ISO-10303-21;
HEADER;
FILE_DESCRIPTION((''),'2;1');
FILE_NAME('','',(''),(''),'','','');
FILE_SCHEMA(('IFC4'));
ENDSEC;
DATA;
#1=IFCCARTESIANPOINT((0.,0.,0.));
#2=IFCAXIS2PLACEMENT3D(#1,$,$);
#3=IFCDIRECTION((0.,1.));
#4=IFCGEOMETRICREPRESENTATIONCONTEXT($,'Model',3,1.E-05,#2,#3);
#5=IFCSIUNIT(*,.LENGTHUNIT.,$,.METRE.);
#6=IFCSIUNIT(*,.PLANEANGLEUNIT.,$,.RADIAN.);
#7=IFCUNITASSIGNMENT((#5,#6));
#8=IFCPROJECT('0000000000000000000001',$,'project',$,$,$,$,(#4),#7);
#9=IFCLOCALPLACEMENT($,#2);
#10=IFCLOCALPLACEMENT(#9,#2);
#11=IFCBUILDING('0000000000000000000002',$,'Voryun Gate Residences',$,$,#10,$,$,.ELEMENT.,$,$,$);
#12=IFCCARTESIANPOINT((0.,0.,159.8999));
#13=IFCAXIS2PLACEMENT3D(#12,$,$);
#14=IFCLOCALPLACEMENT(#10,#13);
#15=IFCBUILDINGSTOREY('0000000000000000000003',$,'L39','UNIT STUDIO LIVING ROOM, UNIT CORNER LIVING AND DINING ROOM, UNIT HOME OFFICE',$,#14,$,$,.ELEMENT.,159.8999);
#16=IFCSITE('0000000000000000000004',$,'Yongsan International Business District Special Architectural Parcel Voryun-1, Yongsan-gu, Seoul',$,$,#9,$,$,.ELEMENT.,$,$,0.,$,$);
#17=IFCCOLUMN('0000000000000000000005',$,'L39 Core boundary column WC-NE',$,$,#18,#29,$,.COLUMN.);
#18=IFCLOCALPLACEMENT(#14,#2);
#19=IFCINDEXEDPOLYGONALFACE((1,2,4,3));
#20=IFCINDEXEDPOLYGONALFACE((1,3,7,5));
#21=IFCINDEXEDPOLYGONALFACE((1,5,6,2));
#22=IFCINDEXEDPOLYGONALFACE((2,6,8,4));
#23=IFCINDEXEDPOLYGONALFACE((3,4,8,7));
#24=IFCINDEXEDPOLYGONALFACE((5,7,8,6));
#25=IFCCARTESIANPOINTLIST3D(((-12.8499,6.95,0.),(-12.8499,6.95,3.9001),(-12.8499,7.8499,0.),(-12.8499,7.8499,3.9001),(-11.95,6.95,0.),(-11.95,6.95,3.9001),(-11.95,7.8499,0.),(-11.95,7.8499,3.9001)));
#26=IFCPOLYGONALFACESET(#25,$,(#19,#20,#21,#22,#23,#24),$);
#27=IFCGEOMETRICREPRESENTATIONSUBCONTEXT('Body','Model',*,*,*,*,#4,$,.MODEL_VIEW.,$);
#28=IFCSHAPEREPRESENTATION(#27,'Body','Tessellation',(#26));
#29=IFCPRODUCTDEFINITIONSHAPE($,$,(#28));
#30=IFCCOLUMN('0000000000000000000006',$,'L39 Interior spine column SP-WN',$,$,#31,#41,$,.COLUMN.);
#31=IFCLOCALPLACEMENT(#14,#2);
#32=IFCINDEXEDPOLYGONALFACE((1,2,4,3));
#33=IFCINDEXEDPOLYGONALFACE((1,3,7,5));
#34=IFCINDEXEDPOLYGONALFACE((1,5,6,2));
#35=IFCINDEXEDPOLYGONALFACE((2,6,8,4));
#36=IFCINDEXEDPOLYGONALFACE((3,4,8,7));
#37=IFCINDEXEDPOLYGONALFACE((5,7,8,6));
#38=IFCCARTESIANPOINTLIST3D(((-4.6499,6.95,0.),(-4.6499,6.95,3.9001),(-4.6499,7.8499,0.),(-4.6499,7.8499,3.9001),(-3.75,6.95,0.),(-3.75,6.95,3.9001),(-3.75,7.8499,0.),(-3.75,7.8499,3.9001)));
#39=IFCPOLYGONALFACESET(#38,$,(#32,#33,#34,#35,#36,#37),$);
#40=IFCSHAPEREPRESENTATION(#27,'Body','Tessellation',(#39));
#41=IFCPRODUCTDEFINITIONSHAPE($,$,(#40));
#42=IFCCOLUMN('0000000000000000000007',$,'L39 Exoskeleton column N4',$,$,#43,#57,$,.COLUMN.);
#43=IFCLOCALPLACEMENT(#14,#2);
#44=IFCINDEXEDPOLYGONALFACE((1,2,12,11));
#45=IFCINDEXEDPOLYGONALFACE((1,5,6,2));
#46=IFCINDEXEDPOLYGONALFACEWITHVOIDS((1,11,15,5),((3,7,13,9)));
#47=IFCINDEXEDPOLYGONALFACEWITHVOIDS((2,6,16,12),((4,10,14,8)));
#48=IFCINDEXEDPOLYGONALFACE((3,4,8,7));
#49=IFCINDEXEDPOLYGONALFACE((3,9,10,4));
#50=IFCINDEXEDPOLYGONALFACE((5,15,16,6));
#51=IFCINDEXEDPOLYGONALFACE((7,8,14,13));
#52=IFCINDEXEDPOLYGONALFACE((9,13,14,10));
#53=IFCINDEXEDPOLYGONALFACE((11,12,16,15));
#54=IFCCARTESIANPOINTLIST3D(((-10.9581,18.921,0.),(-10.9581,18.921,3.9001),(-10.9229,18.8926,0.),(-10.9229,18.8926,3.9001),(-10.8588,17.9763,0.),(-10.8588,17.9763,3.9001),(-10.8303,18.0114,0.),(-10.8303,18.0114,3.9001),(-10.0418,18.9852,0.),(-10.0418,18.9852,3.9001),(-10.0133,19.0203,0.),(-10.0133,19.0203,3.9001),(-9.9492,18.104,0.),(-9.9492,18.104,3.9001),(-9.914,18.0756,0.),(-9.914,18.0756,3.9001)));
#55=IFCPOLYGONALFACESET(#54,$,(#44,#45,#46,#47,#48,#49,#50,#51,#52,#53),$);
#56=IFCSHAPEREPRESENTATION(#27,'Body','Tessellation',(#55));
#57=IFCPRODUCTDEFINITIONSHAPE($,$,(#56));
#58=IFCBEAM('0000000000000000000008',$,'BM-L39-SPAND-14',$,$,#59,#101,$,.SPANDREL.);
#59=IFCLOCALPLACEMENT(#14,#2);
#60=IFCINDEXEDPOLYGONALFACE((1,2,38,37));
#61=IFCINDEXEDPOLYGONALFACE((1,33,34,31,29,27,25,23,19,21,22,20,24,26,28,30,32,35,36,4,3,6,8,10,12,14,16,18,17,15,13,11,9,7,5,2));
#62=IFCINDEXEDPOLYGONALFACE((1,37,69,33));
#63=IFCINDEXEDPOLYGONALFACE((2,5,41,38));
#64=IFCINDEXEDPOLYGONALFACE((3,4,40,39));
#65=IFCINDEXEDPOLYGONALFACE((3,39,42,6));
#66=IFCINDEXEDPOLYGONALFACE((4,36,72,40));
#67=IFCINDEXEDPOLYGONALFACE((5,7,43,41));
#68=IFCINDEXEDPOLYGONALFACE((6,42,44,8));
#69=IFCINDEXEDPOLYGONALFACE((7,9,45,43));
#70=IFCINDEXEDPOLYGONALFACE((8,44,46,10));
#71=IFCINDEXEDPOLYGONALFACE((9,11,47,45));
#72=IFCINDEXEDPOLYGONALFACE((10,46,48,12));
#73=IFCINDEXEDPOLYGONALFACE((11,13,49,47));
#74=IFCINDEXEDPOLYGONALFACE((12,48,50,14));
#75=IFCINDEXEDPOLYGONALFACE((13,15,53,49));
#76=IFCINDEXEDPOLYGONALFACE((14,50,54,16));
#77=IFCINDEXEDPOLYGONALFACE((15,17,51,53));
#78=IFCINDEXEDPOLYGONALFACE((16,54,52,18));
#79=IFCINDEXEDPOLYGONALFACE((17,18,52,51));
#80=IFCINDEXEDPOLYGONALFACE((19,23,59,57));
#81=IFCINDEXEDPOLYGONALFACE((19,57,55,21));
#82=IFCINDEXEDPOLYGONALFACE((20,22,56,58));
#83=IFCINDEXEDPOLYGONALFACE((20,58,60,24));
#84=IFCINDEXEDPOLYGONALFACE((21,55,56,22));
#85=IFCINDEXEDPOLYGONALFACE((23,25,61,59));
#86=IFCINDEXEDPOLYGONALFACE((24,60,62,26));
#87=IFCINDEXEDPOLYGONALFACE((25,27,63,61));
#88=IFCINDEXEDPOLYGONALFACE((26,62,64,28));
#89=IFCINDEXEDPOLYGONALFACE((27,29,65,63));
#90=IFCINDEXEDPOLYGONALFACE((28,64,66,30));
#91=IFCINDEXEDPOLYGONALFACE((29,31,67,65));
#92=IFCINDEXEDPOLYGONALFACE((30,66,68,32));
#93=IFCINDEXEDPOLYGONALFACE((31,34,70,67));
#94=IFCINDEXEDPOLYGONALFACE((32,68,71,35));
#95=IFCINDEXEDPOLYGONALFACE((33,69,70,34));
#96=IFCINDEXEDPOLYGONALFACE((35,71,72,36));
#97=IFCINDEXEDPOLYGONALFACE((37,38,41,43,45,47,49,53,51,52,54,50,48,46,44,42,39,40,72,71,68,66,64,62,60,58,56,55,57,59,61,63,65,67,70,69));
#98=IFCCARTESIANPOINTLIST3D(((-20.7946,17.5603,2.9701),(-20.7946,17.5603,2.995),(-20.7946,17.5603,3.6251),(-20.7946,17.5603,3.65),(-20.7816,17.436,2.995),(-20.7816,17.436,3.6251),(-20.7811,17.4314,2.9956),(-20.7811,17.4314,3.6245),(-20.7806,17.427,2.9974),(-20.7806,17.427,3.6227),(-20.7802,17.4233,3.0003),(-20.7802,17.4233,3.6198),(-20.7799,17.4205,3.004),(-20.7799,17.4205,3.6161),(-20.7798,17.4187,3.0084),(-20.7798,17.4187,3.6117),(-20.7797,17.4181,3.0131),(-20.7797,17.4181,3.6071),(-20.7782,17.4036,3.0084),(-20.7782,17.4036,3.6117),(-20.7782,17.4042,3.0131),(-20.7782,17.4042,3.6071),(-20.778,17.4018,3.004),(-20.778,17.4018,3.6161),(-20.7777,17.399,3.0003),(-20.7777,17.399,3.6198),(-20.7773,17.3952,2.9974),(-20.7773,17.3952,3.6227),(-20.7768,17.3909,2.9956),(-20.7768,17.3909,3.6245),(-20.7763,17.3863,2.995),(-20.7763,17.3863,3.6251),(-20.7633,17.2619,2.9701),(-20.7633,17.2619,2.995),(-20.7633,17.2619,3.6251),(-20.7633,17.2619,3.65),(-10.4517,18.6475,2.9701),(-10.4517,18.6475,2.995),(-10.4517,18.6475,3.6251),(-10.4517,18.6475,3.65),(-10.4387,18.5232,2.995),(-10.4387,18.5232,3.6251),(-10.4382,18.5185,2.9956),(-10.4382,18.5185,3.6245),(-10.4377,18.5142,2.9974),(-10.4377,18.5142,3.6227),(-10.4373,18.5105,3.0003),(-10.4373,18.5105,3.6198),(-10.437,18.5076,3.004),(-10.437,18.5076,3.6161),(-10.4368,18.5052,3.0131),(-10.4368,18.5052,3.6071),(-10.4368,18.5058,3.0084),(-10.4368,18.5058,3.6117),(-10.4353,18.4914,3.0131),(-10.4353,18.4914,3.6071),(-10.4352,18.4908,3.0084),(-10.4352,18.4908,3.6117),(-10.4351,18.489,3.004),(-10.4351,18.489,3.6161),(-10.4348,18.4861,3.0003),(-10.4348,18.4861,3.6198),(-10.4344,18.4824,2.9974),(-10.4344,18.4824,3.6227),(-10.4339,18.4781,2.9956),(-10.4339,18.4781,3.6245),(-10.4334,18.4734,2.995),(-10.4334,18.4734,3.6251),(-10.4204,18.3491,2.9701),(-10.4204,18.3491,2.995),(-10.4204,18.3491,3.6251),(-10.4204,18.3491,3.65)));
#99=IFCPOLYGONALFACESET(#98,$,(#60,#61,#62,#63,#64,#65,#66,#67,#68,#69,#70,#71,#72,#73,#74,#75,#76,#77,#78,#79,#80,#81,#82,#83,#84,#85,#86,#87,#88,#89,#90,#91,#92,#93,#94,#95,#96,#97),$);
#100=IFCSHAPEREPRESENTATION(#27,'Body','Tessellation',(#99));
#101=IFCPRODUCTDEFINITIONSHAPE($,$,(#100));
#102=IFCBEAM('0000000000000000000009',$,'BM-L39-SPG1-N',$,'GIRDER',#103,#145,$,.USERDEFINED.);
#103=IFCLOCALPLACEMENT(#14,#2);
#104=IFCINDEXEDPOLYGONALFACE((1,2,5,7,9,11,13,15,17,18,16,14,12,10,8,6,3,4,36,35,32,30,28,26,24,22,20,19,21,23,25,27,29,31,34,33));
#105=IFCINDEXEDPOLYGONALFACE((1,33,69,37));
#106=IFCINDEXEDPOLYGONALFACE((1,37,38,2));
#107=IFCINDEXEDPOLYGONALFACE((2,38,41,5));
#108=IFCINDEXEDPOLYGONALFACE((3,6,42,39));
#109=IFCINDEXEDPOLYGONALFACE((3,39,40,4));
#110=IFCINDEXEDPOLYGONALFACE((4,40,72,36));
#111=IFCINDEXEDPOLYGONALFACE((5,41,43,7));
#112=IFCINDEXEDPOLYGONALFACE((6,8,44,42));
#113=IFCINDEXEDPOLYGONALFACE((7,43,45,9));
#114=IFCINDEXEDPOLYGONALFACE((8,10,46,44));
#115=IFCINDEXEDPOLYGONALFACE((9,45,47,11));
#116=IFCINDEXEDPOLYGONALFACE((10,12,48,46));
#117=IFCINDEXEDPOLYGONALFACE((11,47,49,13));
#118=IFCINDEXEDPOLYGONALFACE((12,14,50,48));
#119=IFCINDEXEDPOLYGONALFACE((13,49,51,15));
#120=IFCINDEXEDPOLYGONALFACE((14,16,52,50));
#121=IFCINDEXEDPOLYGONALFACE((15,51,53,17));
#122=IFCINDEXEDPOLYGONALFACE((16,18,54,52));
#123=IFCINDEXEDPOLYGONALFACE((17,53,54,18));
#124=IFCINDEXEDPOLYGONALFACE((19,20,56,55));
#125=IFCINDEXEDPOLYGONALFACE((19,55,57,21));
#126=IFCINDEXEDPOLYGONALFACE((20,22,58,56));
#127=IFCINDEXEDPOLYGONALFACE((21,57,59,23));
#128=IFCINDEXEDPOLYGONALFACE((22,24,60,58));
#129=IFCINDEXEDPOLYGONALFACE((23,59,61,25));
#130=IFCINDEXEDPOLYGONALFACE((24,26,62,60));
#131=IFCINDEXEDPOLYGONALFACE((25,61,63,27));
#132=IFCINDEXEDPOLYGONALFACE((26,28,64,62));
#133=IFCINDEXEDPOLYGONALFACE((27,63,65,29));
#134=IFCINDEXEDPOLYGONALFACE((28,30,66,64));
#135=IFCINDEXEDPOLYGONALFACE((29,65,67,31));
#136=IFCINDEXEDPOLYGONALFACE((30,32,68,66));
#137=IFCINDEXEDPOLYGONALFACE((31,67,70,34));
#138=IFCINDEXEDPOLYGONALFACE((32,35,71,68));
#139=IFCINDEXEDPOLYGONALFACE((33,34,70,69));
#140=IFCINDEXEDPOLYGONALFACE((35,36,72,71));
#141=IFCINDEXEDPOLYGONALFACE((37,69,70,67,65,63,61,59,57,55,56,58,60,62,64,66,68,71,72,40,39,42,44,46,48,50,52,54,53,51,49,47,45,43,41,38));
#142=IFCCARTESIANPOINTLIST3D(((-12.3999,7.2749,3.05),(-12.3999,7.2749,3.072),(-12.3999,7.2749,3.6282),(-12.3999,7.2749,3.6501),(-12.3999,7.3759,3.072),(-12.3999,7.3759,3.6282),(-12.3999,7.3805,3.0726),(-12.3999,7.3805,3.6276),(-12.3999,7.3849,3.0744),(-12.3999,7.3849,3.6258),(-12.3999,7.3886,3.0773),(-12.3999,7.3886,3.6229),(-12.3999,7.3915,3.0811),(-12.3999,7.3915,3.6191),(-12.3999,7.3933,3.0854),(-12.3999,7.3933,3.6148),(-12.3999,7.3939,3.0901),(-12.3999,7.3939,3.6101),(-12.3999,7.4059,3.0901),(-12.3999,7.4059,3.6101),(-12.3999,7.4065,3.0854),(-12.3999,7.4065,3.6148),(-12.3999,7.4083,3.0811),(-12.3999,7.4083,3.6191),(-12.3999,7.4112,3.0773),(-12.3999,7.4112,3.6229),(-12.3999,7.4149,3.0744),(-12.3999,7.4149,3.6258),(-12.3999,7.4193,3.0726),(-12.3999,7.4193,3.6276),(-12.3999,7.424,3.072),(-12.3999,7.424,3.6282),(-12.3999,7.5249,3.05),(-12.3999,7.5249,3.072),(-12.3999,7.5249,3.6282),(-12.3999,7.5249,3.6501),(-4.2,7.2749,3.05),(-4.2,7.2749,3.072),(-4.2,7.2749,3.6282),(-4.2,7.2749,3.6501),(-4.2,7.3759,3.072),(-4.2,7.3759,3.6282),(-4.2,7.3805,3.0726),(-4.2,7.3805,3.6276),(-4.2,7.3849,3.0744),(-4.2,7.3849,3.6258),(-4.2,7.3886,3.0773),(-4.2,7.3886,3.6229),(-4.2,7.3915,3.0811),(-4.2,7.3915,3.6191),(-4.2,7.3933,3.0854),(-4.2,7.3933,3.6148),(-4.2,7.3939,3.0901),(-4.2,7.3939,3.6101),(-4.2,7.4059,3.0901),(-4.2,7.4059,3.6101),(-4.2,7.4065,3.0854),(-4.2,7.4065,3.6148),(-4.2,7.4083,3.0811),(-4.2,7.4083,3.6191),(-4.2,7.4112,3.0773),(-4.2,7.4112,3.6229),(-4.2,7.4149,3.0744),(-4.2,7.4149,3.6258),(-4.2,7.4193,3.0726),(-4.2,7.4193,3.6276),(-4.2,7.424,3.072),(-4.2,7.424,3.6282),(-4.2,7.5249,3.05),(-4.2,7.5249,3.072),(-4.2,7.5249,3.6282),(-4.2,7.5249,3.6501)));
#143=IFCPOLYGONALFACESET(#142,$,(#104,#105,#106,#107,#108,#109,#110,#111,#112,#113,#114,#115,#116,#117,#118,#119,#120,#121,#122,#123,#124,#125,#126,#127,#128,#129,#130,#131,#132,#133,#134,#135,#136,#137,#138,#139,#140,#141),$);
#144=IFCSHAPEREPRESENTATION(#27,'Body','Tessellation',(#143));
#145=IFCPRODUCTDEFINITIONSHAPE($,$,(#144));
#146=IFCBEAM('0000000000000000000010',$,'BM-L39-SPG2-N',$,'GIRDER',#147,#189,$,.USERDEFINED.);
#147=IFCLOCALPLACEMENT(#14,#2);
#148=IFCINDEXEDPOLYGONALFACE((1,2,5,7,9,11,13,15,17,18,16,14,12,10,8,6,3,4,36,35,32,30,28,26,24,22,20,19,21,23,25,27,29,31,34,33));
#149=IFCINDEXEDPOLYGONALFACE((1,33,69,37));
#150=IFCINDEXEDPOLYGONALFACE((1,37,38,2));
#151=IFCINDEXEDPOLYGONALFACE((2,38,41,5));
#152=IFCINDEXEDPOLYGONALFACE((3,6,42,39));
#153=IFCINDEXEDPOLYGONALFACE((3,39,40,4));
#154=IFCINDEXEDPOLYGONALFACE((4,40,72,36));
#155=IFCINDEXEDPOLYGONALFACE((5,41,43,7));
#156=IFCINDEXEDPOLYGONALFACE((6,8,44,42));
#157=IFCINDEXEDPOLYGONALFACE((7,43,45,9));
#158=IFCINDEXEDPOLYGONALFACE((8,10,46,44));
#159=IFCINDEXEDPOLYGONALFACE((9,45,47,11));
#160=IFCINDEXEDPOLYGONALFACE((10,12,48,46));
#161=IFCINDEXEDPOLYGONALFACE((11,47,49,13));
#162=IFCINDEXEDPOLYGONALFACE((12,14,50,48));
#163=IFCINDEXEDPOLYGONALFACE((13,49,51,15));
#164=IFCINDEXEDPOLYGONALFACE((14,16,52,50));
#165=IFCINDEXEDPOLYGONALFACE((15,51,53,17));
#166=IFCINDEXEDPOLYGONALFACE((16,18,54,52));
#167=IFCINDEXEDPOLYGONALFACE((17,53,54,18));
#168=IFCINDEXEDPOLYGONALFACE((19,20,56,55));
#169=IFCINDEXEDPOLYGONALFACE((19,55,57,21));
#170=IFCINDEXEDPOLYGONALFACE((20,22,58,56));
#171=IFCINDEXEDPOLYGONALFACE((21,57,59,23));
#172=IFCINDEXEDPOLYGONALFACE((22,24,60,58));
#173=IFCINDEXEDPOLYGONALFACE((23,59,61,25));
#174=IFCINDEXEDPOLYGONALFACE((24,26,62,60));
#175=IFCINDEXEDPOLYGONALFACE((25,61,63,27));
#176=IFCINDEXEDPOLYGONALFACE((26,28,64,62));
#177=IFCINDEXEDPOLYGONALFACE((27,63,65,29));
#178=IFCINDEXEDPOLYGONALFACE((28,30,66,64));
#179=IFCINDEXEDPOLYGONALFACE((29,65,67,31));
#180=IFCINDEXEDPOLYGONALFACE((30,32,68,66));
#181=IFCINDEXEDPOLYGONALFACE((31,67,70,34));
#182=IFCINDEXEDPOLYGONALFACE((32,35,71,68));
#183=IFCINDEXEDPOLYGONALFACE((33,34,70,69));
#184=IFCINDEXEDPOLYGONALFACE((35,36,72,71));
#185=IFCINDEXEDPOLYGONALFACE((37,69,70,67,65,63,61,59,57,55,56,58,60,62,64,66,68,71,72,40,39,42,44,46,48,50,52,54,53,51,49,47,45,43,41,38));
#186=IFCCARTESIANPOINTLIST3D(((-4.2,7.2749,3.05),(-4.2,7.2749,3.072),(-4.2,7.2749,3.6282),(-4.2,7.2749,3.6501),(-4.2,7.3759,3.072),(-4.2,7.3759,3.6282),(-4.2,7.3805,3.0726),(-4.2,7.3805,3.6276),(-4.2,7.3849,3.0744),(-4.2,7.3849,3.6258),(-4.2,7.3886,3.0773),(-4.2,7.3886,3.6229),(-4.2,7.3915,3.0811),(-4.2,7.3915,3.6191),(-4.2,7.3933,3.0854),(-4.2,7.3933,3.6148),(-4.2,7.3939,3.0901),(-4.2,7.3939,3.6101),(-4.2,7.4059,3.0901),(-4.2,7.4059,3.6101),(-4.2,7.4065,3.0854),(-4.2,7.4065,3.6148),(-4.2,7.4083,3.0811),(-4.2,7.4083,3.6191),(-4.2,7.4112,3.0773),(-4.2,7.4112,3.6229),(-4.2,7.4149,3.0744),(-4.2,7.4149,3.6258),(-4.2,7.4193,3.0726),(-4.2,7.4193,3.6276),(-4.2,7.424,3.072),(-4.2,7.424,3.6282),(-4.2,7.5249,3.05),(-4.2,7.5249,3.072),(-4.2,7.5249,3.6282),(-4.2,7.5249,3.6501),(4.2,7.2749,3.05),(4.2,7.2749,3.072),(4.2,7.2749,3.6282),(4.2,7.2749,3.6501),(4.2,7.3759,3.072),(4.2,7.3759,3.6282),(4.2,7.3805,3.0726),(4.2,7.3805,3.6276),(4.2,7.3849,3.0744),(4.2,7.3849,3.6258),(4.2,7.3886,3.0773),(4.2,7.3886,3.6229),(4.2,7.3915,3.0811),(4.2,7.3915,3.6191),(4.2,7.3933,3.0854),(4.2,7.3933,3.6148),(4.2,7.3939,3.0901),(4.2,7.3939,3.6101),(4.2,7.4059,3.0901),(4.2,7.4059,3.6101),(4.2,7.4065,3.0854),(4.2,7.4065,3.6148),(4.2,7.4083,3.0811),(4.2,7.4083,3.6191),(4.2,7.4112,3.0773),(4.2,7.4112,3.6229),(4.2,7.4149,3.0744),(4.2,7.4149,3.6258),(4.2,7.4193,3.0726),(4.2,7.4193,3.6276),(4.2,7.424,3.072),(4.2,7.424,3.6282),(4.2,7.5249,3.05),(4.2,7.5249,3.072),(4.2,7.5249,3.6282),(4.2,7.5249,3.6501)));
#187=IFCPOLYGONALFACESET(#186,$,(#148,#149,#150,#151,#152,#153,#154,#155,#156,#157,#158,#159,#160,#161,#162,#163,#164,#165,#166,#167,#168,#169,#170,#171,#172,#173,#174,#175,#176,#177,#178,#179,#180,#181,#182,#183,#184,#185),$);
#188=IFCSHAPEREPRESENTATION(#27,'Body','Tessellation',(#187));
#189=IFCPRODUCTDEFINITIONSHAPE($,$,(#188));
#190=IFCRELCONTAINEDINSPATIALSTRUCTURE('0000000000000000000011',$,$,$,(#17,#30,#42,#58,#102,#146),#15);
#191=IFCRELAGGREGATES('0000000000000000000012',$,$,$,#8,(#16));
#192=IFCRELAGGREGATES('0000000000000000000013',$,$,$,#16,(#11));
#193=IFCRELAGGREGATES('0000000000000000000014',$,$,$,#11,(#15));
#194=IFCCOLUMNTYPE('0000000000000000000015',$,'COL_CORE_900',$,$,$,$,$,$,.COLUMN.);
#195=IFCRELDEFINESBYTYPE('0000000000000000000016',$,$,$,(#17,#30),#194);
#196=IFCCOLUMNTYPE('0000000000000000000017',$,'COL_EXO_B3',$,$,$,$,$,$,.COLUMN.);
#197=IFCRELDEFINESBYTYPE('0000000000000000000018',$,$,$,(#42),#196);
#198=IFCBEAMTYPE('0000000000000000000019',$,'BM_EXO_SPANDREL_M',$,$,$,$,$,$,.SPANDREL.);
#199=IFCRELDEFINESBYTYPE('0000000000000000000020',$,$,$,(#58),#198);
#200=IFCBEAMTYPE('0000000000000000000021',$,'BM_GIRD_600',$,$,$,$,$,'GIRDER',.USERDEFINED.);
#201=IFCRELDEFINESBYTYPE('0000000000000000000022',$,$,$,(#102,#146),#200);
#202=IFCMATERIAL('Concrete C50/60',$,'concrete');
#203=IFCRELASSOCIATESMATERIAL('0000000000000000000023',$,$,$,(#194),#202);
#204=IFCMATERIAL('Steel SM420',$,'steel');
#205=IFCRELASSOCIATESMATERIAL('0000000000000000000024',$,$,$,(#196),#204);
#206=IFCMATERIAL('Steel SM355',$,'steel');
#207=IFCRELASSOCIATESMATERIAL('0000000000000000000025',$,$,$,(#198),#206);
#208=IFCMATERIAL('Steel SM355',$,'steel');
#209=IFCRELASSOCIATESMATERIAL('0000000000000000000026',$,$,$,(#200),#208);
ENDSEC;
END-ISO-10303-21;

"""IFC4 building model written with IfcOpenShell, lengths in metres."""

from ifc_helpers import new_model, si_unit, direction, frame, origin, origin_2d, place, context, subcontext, project, spatial, rectangle, hollow_rectangle, i_section, extrude, material, material_profile, profile_set, type_object, element, save


model = new_model("IFC4")

# Units and contexts
model_context = context("Model", 3, precision=1e-05, world=origin(), true_north=direction((0.0, 1.0)))
body_context = subcontext(model_context, "Body", "Model", "MODEL_VIEW")
ifc_project = project(units=[si_unit("LENGTHUNIT", "METRE"), si_unit("PLANEANGLEUNIT", "RADIAN")], contexts=[model_context])

# Site, building, storey
site_placement = place(None, origin())
site = spatial("IfcSite", under=ifc_project, at=site_placement, Name="Yongsan International Business District Special Architectural Parcel Voryun-1, Yongsan-gu, Seoul", CompositionType="ELEMENT", RefElevation=0.0)
building_placement = place(site_placement, origin())
building = spatial("IfcBuilding", under=site, at=building_placement, Name="Voryun Gate Residences", CompositionType="ELEMENT")
storey_placement = place(building_placement, frame((0.0, 0.0, 159.8999)))
storey = spatial("IfcBuildingStorey", under=building, at=storey_placement, Name="L39", Description="UNIT STUDIO LIVING ROOM, UNIT CORNER LIVING AND DINING ROOM, UNIT HOME OFFICE", CompositionType="ELEMENT", Elevation=159.8999)

# Columns
ifc_material_1 = material(Name="Concrete C50/60", Category="concrete")
ifc_material_profile_1 = material_profile(ifc_material_1, rectangle(XDim=0.8999, YDim=0.8999, at=origin_2d()), Name="RC-900x900")
ifc_profile_set_1 = profile_set([ifc_material_profile_1], Name="Concrete C50/60")
column_type_1 = type_object("IfcColumnType", Name="COL_CORE_900", PredefinedType="COLUMN", material=ifc_profile_set_1)
for number, where, z_axis, x_axis, name in (
    (1, (-12.3999, 7.3999, 0.0), (0.0, 0.0, 1.0), (1.0, 0.0, 0.0), "L39 Core boundary column WC-NE"),
    (2, (-4.2, 7.3999, 0.0), (0.0, 0.0, 1.0), (1.0, 0.0, 0.0), "L39 Interior spine column SP-WN"),
):
    element("IfcColumn", number, at=place(storey_placement, frame(where, z_axis=z_axis, x_axis=x_axis)), inside=storey, type_object=column_type_1, Name=name, PredefinedType="COLUMN", context=body_context, shape_type="SweptSolid", body=[
        extrude(rectangle(XDim=0.8999, YDim=0.8999, at=origin_2d()), origin(), (0.0, 0.0, 1.0), 3.9001),
    ])
ifc_material_2 = material(Name="Steel SM420", Category="steel")
ifc_material_profile_2 = material_profile(ifc_material_2, hollow_rectangle(XDim=0.95, YDim=0.95, WallThickness=0.032, at=origin_2d()), Name="BOX-950x950x32")
ifc_profile_set_2 = profile_set([ifc_material_profile_2], Name="Steel SM420")
column_type_2 = type_object("IfcColumnType", Name="COL_EXO_B3", PredefinedType="COLUMN", material=ifc_profile_set_2)
column_placement = place(storey_placement, frame((-10.436, 18.4983, 0.0), z_axis=(0.0, 0.0, 1.0), x_axis=(0.994522, 0.104528, 0.0)))
element("IfcColumn", 3, at=column_placement, inside=storey, type_object=column_type_2, Name="L39 Exoskeleton column N4", PredefinedType="COLUMN", context=body_context, shape_type="SweptSolid", body=[
    extrude(hollow_rectangle(XDim=0.95, YDim=0.95, WallThickness=0.032, at=origin_2d()), origin(), (0.0, 0.0, 1.0), 3.9001),
])

# Beams
ifc_material_3 = material(Name="Steel SM355", Category="steel")
ifc_material_profile_3 = material_profile(ifc_material_3, i_section(OverallWidth=0.3, OverallDepth=0.6799, WebThickness=0.0139, FlangeThickness=0.0249, FilletRadius=0.0181, at=origin_2d()), Name="H-680x300x14x25")
ifc_profile_set_3 = profile_set([ifc_material_profile_3], Name="Steel SM355")
beam_type_1 = type_object("IfcBeamType", Name="BM_EXO_SPANDREL_M", PredefinedType="SPANDREL", material=ifc_profile_set_3)
beam_1_placement = place(storey_placement, frame((-10.436, 18.4983, 3.3101), z_axis=(-0.994521, -0.104534, 0.0), x_axis=(0.104534, -0.994521, 0.0)))
element("IfcBeam", 4, at=beam_1_placement, inside=storey, type_object=beam_type_1, Name="BM-L39-SPAND-14", PredefinedType="SPANDREL", context=body_context, shape_type="SweptSolid", body=[
    extrude(i_section(OverallWidth=0.3, OverallDepth=0.6799, WebThickness=0.0139, FlangeThickness=0.0249, FilletRadius=0.0181, at=origin_2d()), origin(), (0.0, 0.0, 1.0), 10.3999),
])
ifc_material_4 = material(Name="Steel SM355", Category="steel")
ifc_material_profile_4 = material_profile(ifc_material_4, i_section(OverallWidth=0.25, OverallDepth=0.6001, WebThickness=0.012, FlangeThickness=0.022, FilletRadius=0.0181, at=origin_2d()), Name="H-600x250x12x22")
ifc_profile_set_4 = profile_set([ifc_material_profile_4], Name="Steel SM355")
beam_type_2 = type_object("IfcBeamType", Name="BM_GIRD_600", ElementType="GIRDER", PredefinedType="USERDEFINED", material=ifc_profile_set_4)
beam_2_placement = place(storey_placement, frame((-12.3999, 7.3999, 3.3501), z_axis=(1.0, 0.0, 0.0), x_axis=(0.0, 1.0, 0.0)))
element("IfcBeam", 5, at=beam_2_placement, inside=storey, type_object=beam_type_2, Name="BM-L39-SPG1-N", ObjectType="GIRDER", PredefinedType="USERDEFINED", context=body_context, shape_type="SweptSolid", body=[
    extrude(i_section(OverallWidth=0.25, OverallDepth=0.6001, WebThickness=0.012, FlangeThickness=0.022, FilletRadius=0.0181, at=origin_2d()), origin(), (0.0, 0.0, 1.0), 8.2),
])
beam_3_placement = place(storey_placement, frame((-4.2, 7.3999, 3.3501), z_axis=(1.0, 0.0, 0.0), x_axis=(0.0, 1.0, 0.0)))
element("IfcBeam", 6, at=beam_3_placement, inside=storey, type_object=beam_type_2, Name="BM-L39-SPG2-N", ObjectType="GIRDER", PredefinedType="USERDEFINED", context=body_context, shape_type="SweptSolid", body=[
    extrude(i_section(OverallWidth=0.25, OverallDepth=0.6001, WebThickness=0.012, FlangeThickness=0.022, FilletRadius=0.0181, at=origin_2d()), origin(), (0.0, 0.0, 1.0), 8.3999),
])

save(model, "model.ifc")
